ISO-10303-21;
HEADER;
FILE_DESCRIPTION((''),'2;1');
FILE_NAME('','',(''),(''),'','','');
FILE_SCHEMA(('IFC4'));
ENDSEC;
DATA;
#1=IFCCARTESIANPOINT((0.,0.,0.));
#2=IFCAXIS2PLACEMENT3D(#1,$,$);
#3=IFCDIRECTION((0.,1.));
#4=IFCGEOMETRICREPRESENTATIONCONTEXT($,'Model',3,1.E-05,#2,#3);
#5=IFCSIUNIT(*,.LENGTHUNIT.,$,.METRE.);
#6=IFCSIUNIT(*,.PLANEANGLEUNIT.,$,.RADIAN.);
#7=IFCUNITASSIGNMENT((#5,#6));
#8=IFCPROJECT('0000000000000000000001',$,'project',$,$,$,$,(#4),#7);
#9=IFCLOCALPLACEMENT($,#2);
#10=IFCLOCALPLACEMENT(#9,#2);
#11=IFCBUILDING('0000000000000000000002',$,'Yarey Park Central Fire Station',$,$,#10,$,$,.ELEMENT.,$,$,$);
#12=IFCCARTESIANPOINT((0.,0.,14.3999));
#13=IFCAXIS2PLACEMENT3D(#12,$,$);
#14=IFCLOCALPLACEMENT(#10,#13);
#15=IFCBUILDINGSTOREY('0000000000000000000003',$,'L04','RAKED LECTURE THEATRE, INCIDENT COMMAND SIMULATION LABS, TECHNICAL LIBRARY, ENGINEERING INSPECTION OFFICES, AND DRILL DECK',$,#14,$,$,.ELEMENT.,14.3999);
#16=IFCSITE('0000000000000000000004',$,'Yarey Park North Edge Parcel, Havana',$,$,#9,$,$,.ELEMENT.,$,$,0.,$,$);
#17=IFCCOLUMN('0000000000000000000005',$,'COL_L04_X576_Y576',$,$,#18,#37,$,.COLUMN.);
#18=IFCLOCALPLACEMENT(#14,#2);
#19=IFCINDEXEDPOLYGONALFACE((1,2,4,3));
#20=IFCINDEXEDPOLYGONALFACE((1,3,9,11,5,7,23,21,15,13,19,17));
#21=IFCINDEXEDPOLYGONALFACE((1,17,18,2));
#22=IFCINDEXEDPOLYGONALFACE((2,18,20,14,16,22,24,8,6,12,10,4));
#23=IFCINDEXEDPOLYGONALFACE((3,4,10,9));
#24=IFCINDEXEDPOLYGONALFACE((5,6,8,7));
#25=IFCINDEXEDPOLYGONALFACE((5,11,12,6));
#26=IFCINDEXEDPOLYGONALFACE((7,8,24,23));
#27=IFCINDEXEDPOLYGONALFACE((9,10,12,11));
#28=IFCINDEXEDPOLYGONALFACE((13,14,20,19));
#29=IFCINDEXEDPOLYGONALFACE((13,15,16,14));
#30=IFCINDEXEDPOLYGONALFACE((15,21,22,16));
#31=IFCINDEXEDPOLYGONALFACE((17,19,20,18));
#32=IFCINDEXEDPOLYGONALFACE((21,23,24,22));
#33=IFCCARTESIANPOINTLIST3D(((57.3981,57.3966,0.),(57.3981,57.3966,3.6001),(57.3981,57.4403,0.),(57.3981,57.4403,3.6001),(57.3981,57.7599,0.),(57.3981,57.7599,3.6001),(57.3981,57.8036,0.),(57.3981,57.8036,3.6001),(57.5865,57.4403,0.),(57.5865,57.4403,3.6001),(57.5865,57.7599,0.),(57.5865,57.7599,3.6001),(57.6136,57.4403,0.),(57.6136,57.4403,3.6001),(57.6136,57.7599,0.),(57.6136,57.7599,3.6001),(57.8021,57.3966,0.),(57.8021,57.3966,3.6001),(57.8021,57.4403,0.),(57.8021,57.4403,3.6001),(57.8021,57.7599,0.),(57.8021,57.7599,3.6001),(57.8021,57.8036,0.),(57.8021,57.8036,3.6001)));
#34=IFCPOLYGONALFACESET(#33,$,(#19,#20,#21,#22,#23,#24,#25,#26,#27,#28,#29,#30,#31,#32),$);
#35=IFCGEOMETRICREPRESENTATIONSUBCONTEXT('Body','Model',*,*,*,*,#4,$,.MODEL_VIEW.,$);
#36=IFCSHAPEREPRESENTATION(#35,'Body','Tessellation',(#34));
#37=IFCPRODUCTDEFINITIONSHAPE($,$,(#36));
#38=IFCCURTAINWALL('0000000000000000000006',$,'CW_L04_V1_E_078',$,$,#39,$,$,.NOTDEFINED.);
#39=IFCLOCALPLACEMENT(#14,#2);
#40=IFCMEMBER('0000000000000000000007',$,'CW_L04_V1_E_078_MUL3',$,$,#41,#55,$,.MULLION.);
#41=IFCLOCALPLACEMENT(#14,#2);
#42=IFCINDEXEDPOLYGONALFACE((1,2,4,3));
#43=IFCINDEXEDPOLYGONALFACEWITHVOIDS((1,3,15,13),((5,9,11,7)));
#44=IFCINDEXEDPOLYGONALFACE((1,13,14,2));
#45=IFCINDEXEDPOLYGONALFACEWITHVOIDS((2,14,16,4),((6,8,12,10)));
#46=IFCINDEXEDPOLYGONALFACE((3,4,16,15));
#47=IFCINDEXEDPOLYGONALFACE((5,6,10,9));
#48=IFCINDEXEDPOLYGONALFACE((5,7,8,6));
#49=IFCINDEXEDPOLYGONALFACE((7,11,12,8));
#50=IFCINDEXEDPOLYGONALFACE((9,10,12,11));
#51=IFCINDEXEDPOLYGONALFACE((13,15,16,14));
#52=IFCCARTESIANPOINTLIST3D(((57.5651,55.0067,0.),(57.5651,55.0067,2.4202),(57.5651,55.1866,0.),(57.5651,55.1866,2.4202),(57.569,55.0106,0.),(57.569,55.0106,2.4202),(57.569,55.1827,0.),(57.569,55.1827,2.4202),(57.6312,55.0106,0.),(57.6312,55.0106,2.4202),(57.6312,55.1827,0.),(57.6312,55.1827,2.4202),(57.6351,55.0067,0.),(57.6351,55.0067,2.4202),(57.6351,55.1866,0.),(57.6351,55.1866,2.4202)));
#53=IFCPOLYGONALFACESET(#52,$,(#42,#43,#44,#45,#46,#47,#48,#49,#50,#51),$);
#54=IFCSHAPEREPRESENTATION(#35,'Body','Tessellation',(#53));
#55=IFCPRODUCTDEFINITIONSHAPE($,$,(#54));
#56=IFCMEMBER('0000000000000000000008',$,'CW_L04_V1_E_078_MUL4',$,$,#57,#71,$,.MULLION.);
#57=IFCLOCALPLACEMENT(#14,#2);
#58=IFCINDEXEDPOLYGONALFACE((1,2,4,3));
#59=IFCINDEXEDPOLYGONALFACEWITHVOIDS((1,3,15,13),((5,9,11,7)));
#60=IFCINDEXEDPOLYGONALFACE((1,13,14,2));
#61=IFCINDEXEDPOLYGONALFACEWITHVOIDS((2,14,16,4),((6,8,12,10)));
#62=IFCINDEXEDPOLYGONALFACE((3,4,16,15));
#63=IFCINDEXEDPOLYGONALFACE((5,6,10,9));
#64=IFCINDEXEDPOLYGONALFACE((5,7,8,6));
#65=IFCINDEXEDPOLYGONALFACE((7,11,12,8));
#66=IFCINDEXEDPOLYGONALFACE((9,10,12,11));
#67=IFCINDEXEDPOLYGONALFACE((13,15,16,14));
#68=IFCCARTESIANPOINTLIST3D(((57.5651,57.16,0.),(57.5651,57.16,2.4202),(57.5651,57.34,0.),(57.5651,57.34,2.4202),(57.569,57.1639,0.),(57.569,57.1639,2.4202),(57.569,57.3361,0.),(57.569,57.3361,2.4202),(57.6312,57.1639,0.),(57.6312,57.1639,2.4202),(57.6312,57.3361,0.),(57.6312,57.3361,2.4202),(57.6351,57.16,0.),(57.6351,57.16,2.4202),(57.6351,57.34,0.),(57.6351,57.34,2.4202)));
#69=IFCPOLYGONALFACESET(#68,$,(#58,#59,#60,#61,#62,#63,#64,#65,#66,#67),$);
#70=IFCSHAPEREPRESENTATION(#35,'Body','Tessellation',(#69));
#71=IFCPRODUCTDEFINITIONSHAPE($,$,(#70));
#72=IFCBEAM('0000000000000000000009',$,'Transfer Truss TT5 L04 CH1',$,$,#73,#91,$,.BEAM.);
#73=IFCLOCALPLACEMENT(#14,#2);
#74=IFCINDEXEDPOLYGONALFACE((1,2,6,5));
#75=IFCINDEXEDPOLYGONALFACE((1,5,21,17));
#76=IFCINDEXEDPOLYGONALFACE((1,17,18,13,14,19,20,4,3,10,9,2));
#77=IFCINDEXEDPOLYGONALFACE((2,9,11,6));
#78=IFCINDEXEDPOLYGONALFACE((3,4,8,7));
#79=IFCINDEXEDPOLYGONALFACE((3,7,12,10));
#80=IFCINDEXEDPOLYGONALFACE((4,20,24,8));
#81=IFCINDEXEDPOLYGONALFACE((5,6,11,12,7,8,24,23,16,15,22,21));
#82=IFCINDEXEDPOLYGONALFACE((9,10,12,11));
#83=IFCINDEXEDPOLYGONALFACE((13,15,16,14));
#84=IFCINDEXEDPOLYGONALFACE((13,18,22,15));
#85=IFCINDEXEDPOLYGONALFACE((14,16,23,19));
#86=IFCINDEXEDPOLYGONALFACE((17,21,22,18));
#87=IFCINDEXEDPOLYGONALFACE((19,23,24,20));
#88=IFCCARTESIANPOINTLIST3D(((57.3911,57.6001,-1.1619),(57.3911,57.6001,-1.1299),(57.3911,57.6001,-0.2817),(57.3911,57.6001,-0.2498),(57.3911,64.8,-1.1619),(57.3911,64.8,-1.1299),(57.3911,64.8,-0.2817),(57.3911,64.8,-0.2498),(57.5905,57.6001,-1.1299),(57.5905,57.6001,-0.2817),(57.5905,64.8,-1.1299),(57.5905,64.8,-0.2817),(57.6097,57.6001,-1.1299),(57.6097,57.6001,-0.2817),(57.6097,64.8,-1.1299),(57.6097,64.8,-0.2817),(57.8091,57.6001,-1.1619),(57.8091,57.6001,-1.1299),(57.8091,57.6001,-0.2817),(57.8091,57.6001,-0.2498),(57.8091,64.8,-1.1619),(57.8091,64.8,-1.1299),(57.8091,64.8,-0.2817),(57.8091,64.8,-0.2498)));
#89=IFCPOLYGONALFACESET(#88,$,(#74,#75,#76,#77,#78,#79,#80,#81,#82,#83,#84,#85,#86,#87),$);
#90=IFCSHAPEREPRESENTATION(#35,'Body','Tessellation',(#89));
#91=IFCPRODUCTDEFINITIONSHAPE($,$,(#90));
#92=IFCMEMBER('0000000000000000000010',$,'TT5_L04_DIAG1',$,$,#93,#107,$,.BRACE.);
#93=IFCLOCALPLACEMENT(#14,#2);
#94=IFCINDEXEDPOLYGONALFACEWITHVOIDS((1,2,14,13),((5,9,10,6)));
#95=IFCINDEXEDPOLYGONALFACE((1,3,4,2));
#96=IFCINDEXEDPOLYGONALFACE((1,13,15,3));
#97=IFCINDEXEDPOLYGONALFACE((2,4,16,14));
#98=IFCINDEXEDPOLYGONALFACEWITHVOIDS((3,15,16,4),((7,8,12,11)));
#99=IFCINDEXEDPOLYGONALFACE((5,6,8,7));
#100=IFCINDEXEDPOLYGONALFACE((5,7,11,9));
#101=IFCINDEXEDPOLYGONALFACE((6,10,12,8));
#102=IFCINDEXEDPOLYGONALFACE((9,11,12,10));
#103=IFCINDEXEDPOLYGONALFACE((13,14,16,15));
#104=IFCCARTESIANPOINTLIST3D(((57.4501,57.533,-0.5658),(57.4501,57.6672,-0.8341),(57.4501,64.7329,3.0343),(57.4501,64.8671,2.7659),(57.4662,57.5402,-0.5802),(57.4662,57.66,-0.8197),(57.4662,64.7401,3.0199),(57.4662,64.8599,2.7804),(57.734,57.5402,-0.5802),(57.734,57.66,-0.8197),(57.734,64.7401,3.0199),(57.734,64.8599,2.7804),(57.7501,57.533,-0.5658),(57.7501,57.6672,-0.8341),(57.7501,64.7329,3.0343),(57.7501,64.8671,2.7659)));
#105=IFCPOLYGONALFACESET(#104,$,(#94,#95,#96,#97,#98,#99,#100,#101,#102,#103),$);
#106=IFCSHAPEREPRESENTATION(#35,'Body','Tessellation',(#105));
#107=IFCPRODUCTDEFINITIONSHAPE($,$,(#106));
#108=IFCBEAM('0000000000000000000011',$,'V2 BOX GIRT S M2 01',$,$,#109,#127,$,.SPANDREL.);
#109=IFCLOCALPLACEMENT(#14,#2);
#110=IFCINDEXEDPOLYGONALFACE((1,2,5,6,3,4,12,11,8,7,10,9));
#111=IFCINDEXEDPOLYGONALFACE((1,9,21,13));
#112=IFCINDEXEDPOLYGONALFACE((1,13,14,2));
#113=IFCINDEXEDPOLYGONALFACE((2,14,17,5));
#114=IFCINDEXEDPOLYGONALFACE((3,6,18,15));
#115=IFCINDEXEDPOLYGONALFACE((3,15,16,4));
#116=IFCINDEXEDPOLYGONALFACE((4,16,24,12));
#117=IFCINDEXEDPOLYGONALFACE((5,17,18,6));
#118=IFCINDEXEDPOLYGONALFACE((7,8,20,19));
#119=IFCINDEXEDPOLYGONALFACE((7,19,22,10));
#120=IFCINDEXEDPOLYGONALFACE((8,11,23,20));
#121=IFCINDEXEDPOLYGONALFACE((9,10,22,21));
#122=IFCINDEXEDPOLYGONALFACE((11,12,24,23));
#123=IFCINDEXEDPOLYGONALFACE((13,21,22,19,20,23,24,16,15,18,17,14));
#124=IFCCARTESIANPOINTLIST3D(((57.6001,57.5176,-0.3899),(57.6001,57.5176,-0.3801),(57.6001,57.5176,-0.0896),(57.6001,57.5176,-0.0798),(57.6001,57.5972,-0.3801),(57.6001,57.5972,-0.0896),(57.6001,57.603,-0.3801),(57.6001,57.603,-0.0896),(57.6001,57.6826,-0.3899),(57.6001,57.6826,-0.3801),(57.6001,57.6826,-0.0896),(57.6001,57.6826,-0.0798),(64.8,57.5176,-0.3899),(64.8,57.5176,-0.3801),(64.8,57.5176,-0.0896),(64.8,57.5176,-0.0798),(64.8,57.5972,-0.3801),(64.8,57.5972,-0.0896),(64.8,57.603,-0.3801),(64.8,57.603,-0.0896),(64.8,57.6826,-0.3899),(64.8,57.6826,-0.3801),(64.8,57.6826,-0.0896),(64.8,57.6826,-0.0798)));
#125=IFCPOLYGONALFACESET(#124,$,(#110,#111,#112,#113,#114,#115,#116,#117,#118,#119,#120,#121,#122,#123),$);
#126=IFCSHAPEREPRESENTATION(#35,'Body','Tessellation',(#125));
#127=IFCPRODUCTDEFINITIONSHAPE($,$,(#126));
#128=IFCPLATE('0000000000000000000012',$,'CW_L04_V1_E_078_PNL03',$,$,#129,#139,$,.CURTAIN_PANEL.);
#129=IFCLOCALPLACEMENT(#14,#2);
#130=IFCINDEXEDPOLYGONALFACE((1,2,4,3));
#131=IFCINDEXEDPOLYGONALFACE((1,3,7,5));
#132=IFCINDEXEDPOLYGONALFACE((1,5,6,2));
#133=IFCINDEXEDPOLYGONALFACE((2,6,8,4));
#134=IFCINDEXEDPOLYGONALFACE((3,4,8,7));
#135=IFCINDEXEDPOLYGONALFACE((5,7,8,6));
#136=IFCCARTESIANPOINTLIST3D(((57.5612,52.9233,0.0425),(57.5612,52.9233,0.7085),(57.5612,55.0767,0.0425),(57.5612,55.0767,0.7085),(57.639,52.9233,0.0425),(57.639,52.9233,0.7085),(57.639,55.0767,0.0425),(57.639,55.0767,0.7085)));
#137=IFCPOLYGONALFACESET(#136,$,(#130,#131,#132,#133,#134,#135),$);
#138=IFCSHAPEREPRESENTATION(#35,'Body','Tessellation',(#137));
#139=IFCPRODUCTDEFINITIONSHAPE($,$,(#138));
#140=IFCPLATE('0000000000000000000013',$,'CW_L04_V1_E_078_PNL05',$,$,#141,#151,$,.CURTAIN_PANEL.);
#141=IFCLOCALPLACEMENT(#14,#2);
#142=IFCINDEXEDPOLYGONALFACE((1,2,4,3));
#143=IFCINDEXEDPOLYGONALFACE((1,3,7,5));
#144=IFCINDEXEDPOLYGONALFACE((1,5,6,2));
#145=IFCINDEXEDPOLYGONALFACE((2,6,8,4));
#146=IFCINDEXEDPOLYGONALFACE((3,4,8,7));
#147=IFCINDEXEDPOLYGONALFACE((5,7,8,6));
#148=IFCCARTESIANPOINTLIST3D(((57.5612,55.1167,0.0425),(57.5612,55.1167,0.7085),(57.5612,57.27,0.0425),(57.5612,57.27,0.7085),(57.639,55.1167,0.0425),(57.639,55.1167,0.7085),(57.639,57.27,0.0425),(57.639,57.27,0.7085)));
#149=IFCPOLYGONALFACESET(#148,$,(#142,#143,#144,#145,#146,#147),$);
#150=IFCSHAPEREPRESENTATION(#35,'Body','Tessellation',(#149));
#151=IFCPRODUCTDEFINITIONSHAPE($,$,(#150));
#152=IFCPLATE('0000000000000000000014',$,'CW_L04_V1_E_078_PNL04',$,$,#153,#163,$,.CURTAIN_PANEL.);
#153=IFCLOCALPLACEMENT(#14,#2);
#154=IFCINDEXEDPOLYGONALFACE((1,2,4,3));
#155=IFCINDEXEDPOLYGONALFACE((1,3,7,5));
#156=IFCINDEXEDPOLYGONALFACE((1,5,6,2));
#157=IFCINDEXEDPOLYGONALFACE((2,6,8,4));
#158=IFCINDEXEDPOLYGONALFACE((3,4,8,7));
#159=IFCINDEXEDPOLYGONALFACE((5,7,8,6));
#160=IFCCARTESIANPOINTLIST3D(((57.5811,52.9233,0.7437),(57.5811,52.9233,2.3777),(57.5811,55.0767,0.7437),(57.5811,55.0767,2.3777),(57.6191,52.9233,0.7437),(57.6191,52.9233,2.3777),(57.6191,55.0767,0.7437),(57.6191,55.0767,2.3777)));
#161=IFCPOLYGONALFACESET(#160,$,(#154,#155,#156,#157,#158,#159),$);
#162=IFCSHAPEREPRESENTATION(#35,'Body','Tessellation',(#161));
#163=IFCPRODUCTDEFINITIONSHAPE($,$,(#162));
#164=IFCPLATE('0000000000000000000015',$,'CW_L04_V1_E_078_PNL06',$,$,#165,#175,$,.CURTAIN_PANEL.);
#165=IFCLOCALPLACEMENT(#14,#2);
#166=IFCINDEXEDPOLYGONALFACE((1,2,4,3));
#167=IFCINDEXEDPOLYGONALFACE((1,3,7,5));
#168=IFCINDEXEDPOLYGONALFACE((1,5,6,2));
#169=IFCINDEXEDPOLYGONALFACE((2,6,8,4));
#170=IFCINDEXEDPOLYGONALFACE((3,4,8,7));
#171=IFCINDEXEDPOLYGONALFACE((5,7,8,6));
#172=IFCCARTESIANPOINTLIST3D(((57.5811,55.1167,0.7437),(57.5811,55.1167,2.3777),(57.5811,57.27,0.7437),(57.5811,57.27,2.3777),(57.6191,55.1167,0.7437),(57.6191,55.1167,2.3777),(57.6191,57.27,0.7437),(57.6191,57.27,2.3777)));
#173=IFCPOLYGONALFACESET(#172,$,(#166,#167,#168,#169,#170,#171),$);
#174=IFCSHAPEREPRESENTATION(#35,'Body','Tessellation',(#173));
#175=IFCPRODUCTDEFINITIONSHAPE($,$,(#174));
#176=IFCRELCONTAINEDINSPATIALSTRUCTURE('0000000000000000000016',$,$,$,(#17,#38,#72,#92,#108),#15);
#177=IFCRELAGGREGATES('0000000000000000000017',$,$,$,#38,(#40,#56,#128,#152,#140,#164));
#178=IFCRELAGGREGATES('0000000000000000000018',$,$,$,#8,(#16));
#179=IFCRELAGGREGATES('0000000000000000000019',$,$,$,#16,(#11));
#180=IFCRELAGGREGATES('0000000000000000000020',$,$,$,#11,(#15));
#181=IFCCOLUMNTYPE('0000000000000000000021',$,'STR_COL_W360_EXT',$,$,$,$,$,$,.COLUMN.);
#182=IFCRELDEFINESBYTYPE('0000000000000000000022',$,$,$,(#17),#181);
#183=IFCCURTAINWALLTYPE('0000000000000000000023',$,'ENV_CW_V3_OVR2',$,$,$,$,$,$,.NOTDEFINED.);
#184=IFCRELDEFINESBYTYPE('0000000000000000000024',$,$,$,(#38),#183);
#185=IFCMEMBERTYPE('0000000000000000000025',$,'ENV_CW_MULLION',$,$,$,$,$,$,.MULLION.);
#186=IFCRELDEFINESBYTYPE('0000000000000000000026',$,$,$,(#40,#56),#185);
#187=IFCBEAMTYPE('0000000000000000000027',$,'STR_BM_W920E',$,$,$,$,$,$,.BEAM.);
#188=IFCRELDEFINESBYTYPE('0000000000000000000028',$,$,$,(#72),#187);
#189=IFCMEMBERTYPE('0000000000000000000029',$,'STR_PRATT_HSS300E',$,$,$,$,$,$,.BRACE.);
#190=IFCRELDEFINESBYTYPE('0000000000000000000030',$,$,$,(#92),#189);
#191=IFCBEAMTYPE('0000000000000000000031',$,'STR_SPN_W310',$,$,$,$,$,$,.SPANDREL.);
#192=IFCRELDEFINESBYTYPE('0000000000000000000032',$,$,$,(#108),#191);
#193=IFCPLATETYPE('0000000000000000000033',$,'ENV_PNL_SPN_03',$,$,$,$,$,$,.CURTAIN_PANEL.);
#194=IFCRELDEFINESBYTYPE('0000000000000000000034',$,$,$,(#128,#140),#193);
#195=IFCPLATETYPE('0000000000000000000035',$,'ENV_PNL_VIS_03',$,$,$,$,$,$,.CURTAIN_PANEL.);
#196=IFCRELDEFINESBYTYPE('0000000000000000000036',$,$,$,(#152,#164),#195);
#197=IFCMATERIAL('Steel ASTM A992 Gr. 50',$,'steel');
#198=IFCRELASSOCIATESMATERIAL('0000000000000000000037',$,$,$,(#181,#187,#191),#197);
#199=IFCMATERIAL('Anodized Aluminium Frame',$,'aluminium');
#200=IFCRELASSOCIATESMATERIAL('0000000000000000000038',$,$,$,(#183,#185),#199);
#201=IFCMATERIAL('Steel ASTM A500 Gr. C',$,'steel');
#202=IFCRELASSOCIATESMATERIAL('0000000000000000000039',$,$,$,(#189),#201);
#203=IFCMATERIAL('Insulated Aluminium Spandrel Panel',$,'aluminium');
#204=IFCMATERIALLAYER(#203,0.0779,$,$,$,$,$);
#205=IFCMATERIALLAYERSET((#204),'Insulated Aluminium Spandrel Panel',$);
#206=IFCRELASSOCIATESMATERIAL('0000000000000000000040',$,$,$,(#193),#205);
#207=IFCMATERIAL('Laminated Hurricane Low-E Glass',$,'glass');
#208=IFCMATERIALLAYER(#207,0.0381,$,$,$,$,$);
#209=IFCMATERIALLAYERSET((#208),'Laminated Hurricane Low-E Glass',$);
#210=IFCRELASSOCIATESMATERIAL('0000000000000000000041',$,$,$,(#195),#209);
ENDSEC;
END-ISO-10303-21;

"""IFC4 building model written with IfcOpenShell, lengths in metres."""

from ifc_helpers import new_model, si_unit, direction, frame, origin, origin_2d, place, context, subcontext, project, spatial, rectangle, hollow_rectangle, i_section, extrude, material, layer, layer_set, material_profile, profile_set, type_object, element, aggregate, save


model = new_model("IFC4")

# Units and contexts
model_context = context("Model", 3, precision=1e-05, world=origin(), true_north=direction((0.0, 1.0)))
body_context = subcontext(model_context, "Body", "Model", "MODEL_VIEW")
ifc_project = project(units=[si_unit("LENGTHUNIT", "METRE"), si_unit("PLANEANGLEUNIT", "RADIAN")], contexts=[model_context])

# Site, building, storey
site_placement = place(None, origin())
site = spatial("IfcSite", under=ifc_project, at=site_placement, Name="Yarey Park North Edge Parcel, Havana", CompositionType="ELEMENT", RefElevation=0.0)
building_placement = place(site_placement, origin())
building = spatial("IfcBuilding", under=site, at=building_placement, Name="Yarey Park Central Fire Station", CompositionType="ELEMENT")
storey_placement = place(building_placement, frame((0.0, 0.0, 14.3999)))
storey = spatial("IfcBuildingStorey", under=building, at=storey_placement, Name="L04", Description="RAKED LECTURE THEATRE, INCIDENT COMMAND SIMULATION LABS, TECHNICAL LIBRARY, ENGINEERING INSPECTION OFFICES, AND DRILL DECK", CompositionType="ELEMENT", Elevation=14.3999)

# Column
ifc_material_1 = material(Name="Steel ASTM A992 Gr. 50", Category="steel")
ifc_material_profile_1 = material_profile(ifc_material_1, i_section(OverallWidth=0.4041, OverallDepth=0.407, WebThickness=0.0271, FlangeThickness=0.0437, at=origin_2d()), Name="W360x347")
ifc_profile_set_1 = profile_set([ifc_material_profile_1], Name="Steel ASTM A992 Gr. 50")
column_type = type_object("IfcColumnType", Name="STR_COL_W360_EXT", PredefinedType="COLUMN", material=ifc_profile_set_1)
column_placement = place(storey_placement, frame((57.6001, 57.6001, 0.0), z_axis=(0.0, 0.0, 1.0), x_axis=(1.0, 0.0, 0.0)))
element("IfcColumn", 1, at=column_placement, inside=storey, type_object=column_type, Name="COL_L04_X576_Y576", PredefinedType="COLUMN", context=body_context, shape_type="SweptSolid", body=[
    extrude(i_section(OverallWidth=0.4041, OverallDepth=0.407, WebThickness=0.0271, FlangeThickness=0.0437, at=origin_2d()), origin(), (0.0, 0.0, 1.0), 3.6001),
])

# Curtain wall, members
ifc_material_2 = material(Name="Anodized Aluminium Frame", Category="aluminium")
curtain_wall_type = type_object("IfcCurtainWallType", Name="ENV_CW_V3_OVR2", PredefinedType="NOTDEFINED", material=ifc_material_2)
curtain_wall_placement = place(storey_placement, origin())
curtain_wall = element("IfcCurtainWall", 2, at=curtain_wall_placement, inside=storey, type_object=curtain_wall_type, Name="CW_L04_V1_E_078", PredefinedType="NOTDEFINED")
ifc_material_profile_2 = material_profile(ifc_material_2, hollow_rectangle(XDim=0.0701, YDim=0.1799, WallThickness=0.0039, at=origin_2d()), Name="ALU 180x70x4")
ifc_profile_set_2 = profile_set([ifc_material_profile_2], Name="Anodized Aluminium Frame")
member_type_1 = type_object("IfcMemberType", Name="ENV_CW_MULLION", PredefinedType="MULLION", material=ifc_profile_set_2)
member_1_placement = place(storey_placement, frame((57.6001, 55.0967, 0.0), z_axis=(0.0, 0.0, 1.0), x_axis=(1.0, 0.0, 0.0)))
member_1 = element("IfcMember", 3, at=member_1_placement, type_object=member_type_1, Name="CW_L04_V1_E_078_MUL3", PredefinedType="MULLION", context=body_context, shape_type="SweptSolid", body=[
    extrude(hollow_rectangle(XDim=0.0701, YDim=0.1799, WallThickness=0.0039, at=origin_2d()), origin(), (0.0, 0.0, 1.0), 2.4202),
])
member_2_placement = place(storey_placement, frame((57.6001, 57.25, 0.0), z_axis=(0.0, 0.0, 1.0), x_axis=(1.0, 0.0, 0.0)))
member_2 = element("IfcMember", 4, at=member_2_placement, type_object=member_type_1, Name="CW_L04_V1_E_078_MUL4", PredefinedType="MULLION", context=body_context, shape_type="SweptSolid", body=[
    extrude(hollow_rectangle(XDim=0.0701, YDim=0.1799, WallThickness=0.0039, at=origin_2d()), origin(), (0.0, 0.0, 1.0), 2.4202),
])

# Beam
ifc_material_profile_3 = material_profile(ifc_material_1, i_section(OverallWidth=0.418, OverallDepth=0.9121, WebThickness=0.0193, FlangeThickness=0.032, at=origin_2d()), Name="W920x342")
ifc_profile_set_3 = profile_set([ifc_material_profile_3], Name="Steel ASTM A992 Gr. 50")
beam_type_1 = type_object("IfcBeamType", Name="STR_BM_W920E", PredefinedType="BEAM", material=ifc_profile_set_3)
beam_1_placement = place(storey_placement, frame((57.6001, 57.6001, -0.7058), z_axis=(0.0, 1.0, 0.0), x_axis=(-1.0, 0.0, 0.0)))
element("IfcBeam", 5, at=beam_1_placement, inside=storey, type_object=beam_type_1, Name="Transfer Truss TT5 L04 CH1", PredefinedType="BEAM", context=body_context, shape_type="SweptSolid", body=[
    extrude(i_section(OverallWidth=0.418, OverallDepth=0.9121, WebThickness=0.0193, FlangeThickness=0.032, at=origin_2d()), origin(), (0.0, 0.0, 1.0), 7.2),
])

# Member
ifc_material_3 = material(Name="Steel ASTM A500 Gr. C", Category="steel")
ifc_material_profile_4 = material_profile(ifc_material_3, hollow_rectangle(XDim=0.3, YDim=0.3, WallThickness=0.0161, at=origin_2d()), Name="HSS 300x300x16")
ifc_profile_set_4 = profile_set([ifc_material_profile_4], Name="Steel ASTM A500 Gr. C")
member_type_2 = type_object("IfcMemberType", Name="STR_PRATT_HSS300E", PredefinedType="BRACE", material=ifc_profile_set_4)
member_3_placement = place(storey_placement, frame((57.6001, 57.6001, -0.7), z_axis=(0.0, 0.894421, 0.447226), x_axis=(-1.0, 0.0, 0.0)))
element("IfcMember", 6, at=member_3_placement, inside=storey, type_object=member_type_2, Name="TT5_L04_DIAG1", PredefinedType="BRACE", context=body_context, shape_type="SweptSolid", body=[
    extrude(hollow_rectangle(XDim=0.3, YDim=0.3, WallThickness=0.0161, at=origin_2d()), origin(), (0.0, 0.0, 1.0), 8.0498),
])

# Beam
ifc_material_profile_5 = material_profile(ifc_material_1, i_section(OverallWidth=0.165, OverallDepth=0.3101, WebThickness=0.0059, FlangeThickness=0.0098, at=origin_2d()), Name="W310x39")
ifc_profile_set_5 = profile_set([ifc_material_profile_5], Name="Steel ASTM A992 Gr. 50")
beam_type_2 = type_object("IfcBeamType", Name="STR_SPN_W310", PredefinedType="SPANDREL", material=ifc_profile_set_5)
beam_2_placement = place(storey_placement, frame((57.6001, 57.6001, -0.2349), z_axis=(1.0, 0.0, 0.0), x_axis=(0.0, 1.0, 0.0)))
element("IfcBeam", 7, at=beam_2_placement, inside=storey, type_object=beam_type_2, Name="V2 BOX GIRT S M2 01", PredefinedType="SPANDREL", context=body_context, shape_type="SweptSolid", body=[
    extrude(i_section(OverallWidth=0.165, OverallDepth=0.3101, WebThickness=0.0059, FlangeThickness=0.0098, at=origin_2d()), origin(), (0.0, 0.0, 1.0), 7.2),
])

# Plates
ifc_material_4 = material(Name="Insulated Aluminium Spandrel Panel", Category="aluminium")
ifc_layer_1 = layer(ifc_material_4, 0.0779)
ifc_layer_set_1 = layer_set([ifc_layer_1], Name="Insulated Aluminium Spandrel Panel")
plate_type_1 = type_object("IfcPlateType", Name="ENV_PNL_SPN_03", PredefinedType="CURTAIN_PANEL", material=ifc_layer_set_1)
plate_1_placement = place(storey_placement, frame((57.6001, 54.0, 0.0425), z_axis=(0.0, 0.0, 1.0), x_axis=(0.0, 1.0, 0.0)))
plate_1 = element("IfcPlate", 8, at=plate_1_placement, type_object=plate_type_1, Name="CW_L04_V1_E_078_PNL03", PredefinedType="CURTAIN_PANEL", context=body_context, shape_type="SweptSolid", body=[
    extrude(rectangle(XDim=2.1533, YDim=0.0779, at=origin_2d()), origin(), (0.0, 0.0, 1.0), 0.666),
])
plate_2_placement = place(storey_placement, frame((57.6001, 56.1934, 0.0425), z_axis=(0.0, 0.0, 1.0), x_axis=(0.0, 1.0, 0.0)))
plate_2 = element("IfcPlate", 9, at=plate_2_placement, type_object=plate_type_1, Name="CW_L04_V1_E_078_PNL05", PredefinedType="CURTAIN_PANEL", context=body_context, shape_type="SweptSolid", body=[
    extrude(rectangle(XDim=2.1533, YDim=0.0779, at=origin_2d()), origin(), (0.0, 0.0, 1.0), 0.666),
])
ifc_material_5 = material(Name="Laminated Hurricane Low-E Glass", Category="glass")
ifc_layer_2 = layer(ifc_material_5, 0.0381)
ifc_layer_set_2 = layer_set([ifc_layer_2], Name="Laminated Hurricane Low-E Glass")
plate_type_2 = type_object("IfcPlateType", Name="ENV_PNL_VIS_03", PredefinedType="CURTAIN_PANEL", material=ifc_layer_set_2)
plate_3_placement = place(storey_placement, frame((57.6001, 54.0, 0.7437), z_axis=(0.0, 0.0, 1.0), x_axis=(0.0, 1.0, 0.0)))
plate_3 = element("IfcPlate", 10, at=plate_3_placement, type_object=plate_type_2, Name="CW_L04_V1_E_078_PNL04", PredefinedType="CURTAIN_PANEL", context=body_context, shape_type="SweptSolid", body=[
    extrude(rectangle(XDim=2.1533, YDim=0.0381, at=origin_2d()), origin(), (0.0, 0.0, 1.0), 1.634),
])
plate_4_placement = place(storey_placement, frame((57.6001, 56.1934, 0.7437), z_axis=(0.0, 0.0, 1.0), x_axis=(0.0, 1.0, 0.0)))
plate_4 = element("IfcPlate", 11, at=plate_4_placement, type_object=plate_type_2, Name="CW_L04_V1_E_078_PNL06", PredefinedType="CURTAIN_PANEL", context=body_context, shape_type="SweptSolid", body=[
    extrude(rectangle(XDim=2.1533, YDim=0.0381, at=origin_2d()), origin(), (0.0, 0.0, 1.0), 1.634),
])
aggregate(curtain_wall, [member_1, member_2, plate_1, plate_3, plate_2, plate_4])

save(model, "model.ifc")
